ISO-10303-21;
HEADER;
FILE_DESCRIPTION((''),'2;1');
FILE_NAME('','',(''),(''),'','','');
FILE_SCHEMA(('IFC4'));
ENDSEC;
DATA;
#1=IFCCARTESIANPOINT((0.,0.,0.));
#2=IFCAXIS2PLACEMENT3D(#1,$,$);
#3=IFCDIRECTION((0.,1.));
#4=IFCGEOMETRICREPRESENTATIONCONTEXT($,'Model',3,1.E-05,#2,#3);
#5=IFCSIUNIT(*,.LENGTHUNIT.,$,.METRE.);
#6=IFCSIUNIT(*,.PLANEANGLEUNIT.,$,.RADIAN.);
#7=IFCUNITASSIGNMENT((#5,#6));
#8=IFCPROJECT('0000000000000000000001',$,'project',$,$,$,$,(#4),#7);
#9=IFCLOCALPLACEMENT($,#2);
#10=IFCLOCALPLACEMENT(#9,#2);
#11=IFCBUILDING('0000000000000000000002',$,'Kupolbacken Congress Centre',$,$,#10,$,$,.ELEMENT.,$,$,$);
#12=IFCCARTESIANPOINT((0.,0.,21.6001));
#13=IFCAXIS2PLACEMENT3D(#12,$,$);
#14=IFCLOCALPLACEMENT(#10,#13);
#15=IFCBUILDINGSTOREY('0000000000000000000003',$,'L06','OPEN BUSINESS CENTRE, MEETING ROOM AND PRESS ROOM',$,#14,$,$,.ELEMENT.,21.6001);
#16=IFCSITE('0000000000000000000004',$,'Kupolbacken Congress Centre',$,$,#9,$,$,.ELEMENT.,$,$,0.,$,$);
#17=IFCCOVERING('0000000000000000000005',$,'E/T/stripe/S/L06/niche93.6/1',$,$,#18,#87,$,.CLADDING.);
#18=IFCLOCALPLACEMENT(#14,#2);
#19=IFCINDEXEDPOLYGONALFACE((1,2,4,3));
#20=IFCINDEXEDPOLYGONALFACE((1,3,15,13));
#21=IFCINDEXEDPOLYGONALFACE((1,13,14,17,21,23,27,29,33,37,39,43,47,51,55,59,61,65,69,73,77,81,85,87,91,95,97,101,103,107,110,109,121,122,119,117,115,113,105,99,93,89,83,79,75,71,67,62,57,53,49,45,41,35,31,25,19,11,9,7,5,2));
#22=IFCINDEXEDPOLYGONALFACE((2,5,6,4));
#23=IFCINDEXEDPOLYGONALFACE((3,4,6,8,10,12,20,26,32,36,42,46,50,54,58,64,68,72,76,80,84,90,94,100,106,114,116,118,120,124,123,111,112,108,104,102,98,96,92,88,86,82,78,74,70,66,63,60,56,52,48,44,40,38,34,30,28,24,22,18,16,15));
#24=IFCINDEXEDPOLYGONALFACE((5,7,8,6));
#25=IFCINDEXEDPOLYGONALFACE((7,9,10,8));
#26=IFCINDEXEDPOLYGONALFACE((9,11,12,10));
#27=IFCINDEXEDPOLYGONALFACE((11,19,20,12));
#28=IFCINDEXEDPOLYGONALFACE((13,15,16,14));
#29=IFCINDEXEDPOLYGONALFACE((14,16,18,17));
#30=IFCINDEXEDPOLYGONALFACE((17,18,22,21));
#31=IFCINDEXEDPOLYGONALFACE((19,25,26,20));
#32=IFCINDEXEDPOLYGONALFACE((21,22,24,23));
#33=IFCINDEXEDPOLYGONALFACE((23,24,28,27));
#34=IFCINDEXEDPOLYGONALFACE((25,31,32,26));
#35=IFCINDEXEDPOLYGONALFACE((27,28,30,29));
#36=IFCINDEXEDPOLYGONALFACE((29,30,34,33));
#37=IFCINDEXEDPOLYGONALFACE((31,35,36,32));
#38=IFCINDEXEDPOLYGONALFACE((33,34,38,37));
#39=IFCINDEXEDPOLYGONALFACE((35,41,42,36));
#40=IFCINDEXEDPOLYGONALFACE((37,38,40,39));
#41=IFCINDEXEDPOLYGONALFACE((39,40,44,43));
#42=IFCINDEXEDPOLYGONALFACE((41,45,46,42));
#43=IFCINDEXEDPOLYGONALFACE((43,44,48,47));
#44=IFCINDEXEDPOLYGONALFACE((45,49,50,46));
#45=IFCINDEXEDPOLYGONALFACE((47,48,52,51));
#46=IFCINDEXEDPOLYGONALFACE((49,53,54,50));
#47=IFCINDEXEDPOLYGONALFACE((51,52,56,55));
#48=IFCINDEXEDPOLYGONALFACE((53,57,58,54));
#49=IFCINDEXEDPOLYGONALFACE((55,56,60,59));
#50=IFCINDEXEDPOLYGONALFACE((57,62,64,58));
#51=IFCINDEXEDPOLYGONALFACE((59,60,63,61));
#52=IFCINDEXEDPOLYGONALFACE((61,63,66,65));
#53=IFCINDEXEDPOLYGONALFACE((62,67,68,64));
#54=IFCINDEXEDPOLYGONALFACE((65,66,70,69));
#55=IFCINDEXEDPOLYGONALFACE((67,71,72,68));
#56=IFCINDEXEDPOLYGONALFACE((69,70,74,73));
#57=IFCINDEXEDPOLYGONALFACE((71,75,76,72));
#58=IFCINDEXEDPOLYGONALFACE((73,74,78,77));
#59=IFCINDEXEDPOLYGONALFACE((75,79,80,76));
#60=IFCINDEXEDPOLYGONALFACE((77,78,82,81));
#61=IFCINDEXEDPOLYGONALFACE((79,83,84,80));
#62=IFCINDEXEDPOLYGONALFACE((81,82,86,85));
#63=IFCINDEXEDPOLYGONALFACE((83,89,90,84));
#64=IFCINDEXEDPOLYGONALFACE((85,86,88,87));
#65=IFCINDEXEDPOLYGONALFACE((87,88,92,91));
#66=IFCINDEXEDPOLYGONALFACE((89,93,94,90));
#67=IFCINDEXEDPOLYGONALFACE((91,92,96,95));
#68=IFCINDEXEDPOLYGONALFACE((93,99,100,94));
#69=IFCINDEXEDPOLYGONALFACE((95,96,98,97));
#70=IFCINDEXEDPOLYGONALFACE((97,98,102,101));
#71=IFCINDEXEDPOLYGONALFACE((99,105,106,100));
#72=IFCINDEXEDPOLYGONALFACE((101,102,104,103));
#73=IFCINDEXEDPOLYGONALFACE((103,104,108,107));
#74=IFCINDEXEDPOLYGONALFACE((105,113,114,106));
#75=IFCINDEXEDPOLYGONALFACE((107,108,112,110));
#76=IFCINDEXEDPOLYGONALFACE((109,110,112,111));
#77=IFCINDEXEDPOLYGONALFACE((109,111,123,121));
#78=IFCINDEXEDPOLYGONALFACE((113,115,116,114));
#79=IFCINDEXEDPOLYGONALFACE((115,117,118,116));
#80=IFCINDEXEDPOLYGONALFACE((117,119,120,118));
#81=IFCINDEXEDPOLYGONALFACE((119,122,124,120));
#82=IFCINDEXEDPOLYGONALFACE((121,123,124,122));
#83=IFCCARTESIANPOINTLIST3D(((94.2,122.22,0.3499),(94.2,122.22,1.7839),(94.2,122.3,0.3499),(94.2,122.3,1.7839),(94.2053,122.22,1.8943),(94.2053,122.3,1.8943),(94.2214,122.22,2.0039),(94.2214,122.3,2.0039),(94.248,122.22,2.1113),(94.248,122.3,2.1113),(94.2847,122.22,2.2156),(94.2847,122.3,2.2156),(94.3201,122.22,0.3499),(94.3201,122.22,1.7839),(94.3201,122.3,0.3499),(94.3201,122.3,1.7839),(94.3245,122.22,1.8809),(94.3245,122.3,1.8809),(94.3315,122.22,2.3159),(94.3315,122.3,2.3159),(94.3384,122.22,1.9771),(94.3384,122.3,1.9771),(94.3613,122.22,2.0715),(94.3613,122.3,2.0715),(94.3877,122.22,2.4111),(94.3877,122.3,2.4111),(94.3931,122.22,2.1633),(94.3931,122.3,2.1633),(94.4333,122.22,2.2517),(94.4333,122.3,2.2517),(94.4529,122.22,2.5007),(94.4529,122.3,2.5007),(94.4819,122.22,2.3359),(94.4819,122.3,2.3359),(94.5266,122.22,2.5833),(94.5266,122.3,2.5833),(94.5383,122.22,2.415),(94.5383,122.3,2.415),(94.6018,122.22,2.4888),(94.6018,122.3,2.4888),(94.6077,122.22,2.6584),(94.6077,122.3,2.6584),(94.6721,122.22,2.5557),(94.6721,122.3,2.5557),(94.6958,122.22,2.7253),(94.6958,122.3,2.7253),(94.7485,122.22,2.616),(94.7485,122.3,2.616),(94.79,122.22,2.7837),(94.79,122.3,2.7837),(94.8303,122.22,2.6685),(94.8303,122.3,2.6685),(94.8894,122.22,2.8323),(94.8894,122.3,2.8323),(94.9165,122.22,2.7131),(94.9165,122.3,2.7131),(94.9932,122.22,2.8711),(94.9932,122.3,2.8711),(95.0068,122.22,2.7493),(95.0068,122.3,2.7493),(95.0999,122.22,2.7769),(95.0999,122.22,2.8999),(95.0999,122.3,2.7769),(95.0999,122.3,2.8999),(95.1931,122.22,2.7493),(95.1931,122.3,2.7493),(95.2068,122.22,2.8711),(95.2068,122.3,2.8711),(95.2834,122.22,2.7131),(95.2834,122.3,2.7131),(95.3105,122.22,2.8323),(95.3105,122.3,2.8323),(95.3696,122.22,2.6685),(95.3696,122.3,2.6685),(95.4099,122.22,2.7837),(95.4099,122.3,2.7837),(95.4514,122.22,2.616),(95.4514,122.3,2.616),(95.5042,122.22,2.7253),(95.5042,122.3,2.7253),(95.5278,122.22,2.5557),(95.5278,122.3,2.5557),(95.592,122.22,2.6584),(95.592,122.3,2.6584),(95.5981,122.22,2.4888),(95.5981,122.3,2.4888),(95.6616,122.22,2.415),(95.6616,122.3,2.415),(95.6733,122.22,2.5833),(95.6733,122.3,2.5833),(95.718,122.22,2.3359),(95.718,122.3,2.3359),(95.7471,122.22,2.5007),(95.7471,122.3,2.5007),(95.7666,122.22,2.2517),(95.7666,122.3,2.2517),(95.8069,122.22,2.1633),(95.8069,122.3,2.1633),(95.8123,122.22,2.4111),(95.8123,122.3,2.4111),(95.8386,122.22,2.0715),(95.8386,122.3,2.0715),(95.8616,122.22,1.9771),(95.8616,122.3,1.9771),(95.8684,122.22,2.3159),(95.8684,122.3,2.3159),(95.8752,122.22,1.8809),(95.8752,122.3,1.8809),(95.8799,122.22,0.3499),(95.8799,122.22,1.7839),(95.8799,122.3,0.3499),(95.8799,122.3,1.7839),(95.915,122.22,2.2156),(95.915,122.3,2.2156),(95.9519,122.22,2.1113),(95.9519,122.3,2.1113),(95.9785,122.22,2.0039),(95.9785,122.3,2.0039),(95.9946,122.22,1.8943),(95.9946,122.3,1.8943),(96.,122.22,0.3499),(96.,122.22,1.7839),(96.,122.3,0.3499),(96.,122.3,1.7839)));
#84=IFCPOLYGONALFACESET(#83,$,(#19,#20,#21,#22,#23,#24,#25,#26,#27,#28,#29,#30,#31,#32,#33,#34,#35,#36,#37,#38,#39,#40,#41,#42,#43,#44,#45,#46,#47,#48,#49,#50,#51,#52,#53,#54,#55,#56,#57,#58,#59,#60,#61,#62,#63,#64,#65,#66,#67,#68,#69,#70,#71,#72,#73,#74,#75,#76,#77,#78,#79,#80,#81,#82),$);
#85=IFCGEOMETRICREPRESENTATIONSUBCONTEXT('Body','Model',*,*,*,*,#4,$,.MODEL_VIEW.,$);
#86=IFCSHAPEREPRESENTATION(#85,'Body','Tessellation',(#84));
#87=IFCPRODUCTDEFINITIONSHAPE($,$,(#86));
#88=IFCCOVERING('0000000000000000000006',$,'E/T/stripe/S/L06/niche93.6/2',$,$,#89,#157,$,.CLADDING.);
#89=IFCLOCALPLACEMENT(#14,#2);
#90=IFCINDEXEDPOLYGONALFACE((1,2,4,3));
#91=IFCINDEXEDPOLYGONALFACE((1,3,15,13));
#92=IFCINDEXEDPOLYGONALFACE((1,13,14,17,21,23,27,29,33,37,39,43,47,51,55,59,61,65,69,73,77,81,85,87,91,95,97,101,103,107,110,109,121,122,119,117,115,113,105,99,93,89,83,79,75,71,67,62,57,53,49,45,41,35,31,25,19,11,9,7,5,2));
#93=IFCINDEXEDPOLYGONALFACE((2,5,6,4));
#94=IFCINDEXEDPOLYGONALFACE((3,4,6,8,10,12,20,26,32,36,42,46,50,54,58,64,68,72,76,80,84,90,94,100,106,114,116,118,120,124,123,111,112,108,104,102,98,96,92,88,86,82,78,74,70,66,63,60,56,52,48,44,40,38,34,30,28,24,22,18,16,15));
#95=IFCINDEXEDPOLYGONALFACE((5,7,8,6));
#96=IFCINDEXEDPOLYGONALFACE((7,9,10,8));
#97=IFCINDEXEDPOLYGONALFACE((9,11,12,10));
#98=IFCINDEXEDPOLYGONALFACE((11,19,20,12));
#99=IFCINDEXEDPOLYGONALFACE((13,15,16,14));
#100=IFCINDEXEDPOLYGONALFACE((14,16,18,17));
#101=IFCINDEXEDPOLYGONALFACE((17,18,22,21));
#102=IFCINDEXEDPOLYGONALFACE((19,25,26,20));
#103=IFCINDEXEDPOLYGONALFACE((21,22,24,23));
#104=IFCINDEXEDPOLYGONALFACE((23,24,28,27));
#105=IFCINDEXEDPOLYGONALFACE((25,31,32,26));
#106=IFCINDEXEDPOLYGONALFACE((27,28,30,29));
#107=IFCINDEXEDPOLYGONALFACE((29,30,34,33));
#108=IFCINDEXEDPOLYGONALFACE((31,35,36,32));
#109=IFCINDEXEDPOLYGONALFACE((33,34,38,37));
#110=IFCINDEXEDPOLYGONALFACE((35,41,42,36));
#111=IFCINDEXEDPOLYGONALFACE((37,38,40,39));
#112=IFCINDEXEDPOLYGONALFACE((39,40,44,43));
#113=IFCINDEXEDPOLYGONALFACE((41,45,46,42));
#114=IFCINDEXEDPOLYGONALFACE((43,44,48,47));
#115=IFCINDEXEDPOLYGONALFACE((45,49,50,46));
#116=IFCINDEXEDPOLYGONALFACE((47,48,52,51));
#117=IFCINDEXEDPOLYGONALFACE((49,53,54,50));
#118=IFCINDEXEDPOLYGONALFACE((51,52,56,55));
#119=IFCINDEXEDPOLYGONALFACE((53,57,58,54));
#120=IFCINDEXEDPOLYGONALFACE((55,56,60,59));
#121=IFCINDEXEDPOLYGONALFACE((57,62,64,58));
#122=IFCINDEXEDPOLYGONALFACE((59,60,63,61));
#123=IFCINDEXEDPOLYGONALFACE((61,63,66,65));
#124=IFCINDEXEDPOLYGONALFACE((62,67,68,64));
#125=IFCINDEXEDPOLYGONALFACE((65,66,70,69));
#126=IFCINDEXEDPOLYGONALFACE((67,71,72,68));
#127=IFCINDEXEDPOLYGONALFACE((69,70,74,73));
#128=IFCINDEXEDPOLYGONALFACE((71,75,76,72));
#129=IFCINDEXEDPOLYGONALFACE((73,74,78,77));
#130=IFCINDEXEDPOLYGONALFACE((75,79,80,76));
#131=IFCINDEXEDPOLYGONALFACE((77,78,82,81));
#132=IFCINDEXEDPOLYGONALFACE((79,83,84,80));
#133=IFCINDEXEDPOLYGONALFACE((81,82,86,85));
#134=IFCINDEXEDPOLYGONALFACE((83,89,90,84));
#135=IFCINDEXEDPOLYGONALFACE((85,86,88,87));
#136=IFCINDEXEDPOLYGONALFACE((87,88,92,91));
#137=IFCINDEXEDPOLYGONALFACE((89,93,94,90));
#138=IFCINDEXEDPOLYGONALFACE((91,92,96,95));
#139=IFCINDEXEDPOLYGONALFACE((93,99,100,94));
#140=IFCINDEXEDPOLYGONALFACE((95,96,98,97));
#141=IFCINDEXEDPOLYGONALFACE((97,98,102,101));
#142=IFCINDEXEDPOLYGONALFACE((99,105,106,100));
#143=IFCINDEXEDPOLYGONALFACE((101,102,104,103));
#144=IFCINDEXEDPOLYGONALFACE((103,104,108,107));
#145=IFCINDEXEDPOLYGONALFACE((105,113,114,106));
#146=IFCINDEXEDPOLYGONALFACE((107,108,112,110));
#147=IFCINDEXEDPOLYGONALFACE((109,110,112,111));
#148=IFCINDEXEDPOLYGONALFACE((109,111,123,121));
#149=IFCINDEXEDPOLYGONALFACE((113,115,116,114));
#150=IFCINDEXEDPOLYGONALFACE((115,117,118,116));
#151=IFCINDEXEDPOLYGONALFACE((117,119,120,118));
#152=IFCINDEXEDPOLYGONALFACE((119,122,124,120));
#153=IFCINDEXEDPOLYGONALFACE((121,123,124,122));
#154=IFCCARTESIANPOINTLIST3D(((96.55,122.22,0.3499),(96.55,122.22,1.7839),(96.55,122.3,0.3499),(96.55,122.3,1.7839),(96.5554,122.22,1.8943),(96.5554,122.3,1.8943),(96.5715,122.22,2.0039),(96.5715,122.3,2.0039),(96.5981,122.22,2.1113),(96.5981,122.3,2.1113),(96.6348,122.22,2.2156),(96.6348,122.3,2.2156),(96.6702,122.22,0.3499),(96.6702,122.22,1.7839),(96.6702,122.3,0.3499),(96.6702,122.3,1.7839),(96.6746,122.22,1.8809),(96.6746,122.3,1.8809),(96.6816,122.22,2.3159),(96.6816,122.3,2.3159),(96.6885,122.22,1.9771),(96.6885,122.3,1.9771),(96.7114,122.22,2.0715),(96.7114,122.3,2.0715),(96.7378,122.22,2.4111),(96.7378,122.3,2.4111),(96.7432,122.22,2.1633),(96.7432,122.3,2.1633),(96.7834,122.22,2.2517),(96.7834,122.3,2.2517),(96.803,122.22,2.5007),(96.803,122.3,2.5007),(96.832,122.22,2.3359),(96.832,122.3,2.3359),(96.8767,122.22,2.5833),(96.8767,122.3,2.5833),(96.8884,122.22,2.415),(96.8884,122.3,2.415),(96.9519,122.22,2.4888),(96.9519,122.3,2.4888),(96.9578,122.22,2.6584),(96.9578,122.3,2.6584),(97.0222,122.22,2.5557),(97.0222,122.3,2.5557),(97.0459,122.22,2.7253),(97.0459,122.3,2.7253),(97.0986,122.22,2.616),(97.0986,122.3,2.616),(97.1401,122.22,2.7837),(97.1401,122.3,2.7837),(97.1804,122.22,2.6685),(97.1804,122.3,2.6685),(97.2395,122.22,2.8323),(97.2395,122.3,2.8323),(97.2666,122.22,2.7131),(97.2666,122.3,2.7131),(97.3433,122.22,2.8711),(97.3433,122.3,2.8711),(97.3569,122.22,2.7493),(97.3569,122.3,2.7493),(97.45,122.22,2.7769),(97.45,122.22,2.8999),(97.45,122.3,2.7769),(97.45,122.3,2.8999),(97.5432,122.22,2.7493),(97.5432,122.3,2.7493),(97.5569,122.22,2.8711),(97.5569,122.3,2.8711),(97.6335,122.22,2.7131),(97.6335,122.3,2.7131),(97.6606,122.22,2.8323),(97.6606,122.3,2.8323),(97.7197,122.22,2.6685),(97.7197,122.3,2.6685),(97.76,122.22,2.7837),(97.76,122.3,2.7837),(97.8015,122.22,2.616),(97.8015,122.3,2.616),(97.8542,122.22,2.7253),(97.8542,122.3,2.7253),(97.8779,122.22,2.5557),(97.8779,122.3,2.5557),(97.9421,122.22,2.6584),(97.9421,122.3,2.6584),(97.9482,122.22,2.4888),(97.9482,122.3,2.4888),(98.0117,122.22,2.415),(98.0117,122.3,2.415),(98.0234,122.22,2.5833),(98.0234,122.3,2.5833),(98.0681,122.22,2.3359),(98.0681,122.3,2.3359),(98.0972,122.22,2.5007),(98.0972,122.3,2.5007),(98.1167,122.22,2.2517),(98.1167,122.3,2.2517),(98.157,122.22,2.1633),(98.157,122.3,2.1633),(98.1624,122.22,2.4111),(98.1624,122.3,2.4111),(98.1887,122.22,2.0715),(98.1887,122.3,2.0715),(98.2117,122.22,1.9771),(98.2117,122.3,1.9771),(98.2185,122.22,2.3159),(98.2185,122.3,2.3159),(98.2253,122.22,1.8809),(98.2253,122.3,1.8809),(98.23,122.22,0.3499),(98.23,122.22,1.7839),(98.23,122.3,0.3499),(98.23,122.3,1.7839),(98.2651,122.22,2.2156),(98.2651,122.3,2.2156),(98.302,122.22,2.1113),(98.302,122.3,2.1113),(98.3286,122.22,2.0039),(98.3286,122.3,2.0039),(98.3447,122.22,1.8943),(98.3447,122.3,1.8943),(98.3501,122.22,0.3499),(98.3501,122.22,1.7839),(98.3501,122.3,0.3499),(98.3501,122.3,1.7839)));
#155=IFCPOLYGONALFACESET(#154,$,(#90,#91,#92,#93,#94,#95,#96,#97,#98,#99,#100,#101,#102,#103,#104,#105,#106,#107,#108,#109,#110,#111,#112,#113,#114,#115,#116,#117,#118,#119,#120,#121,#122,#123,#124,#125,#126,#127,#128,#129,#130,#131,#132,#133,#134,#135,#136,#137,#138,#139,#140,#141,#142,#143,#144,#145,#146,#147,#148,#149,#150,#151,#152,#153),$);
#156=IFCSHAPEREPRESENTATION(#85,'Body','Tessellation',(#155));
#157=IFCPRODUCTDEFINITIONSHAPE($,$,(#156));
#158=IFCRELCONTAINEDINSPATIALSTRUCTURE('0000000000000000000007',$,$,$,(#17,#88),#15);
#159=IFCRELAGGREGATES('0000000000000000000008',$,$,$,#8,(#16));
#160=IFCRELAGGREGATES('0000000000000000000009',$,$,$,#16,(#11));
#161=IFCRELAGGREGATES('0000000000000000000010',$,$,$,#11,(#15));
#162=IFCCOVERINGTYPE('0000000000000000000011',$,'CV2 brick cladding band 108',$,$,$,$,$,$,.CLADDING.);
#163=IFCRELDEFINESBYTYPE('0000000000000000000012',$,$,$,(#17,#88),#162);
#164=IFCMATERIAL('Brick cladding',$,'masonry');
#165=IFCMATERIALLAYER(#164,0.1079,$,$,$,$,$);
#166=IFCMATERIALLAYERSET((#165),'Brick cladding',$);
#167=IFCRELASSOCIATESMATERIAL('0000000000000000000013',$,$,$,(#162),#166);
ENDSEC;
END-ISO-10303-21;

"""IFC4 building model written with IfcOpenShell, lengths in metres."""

from ifc_helpers import new_model, si_unit, direction, frame, origin, place, context, subcontext, project, spatial, polyline, outline, extrude, material, layer, layer_set, type_object, element, save


model = new_model("IFC4")

# Units and contexts
model_context = context("Model", 3, precision=1e-05, world=origin(), true_north=direction((0.0, 1.0)))
body_context = subcontext(model_context, "Body", "Model", "MODEL_VIEW")
ifc_project = project(units=[si_unit("LENGTHUNIT", "METRE"), si_unit("PLANEANGLEUNIT", "RADIAN")], contexts=[model_context])

# Site, building, storey
site_placement = place(None, origin())
site = spatial("IfcSite", under=ifc_project, at=site_placement, Name="Kupolbacken Congress Centre", CompositionType="ELEMENT", RefElevation=0.0)
building_placement = place(site_placement, origin())
building = spatial("IfcBuilding", under=site, at=building_placement, Name="Kupolbacken Congress Centre", CompositionType="ELEMENT")
storey_placement = place(building_placement, frame((0.0, 0.0, 21.6001)))
storey = spatial("IfcBuildingStorey", under=building, at=storey_placement, Name="L06", Description="OPEN BUSINESS CENTRE, MEETING ROOM AND PRESS ROOM", CompositionType="ELEMENT", Elevation=21.6001)

# Coverings
ifc_material_1 = material(Name="Brick cladding", Category="masonry")
ifc_layer_1 = layer(ifc_material_1, 0.1079)
ifc_layer_set_1 = layer_set([ifc_layer_1], Name="Brick cladding")
covering_type_1 = type_object("IfcCoveringType", Name="CV2 brick cladding band 108", PredefinedType="CLADDING", material=ifc_layer_set_1)
covering_1_placement = place(storey_placement, frame((94.2, 122.3, 0.3499), z_axis=(0.0, -1.0, 0.0), x_axis=(1.0, 0.0, 0.0)))
element("IfcCovering", 1, at=covering_1_placement, inside=storey, type_object=covering_type_1, Name="E/T/stripe/S/L06/niche93.6/1", PredefinedType="CLADDING", context=body_context, shape_type="SweptSolid", body=[
    extrude(outline(polyline([(0.0, 0.0), (0.0, 1.4341), (0.0054, 1.5444), (0.0215, 1.6541), (0.0481, 1.7615), (0.0847, 1.8657), (0.1316, 1.9661), (0.1877, 2.0613), (0.2529, 2.1509), (0.3267, 2.2334), (0.4077, 2.3086), (0.4958, 2.3755), (0.5901, 2.4338), (0.6895, 2.4824), (0.7932, 2.5212), (0.8999, 2.55), (1.0068, 2.5212), (1.1106, 2.4824), (1.21, 2.4338), (1.3042, 2.3755), (1.3921, 2.3086), (1.4734, 2.2334), (1.5471, 2.1509), (1.6123, 2.0613), (1.6685, 1.9661), (1.7151, 1.8657), (1.752, 1.7615), (1.7786, 1.6541), (1.7947, 1.5444), (1.8, 1.4341), (1.8, 0.0), (1.6799, 0.0), (1.6799, 1.4341), (1.6753, 1.531), (1.6616, 1.6272), (1.6387, 1.7217), (1.6069, 1.8135), (1.5667, 1.9019), (1.5181, 1.9861), (1.4617, 2.0652), (1.3982, 2.1389), (1.3279, 2.2058), (1.2515, 2.2661), (1.1697, 2.3186), (1.0835, 2.3633), (0.9932, 2.3994), (0.8999, 2.427), (0.8069, 2.3994), (0.7166, 2.3633), (0.6304, 2.3186), (0.5486, 2.2661), (0.4722, 2.2058), (0.4019, 2.1389), (0.3384, 2.0652), (0.282, 1.9861), (0.2334, 1.9019), (0.1931, 1.8135), (0.1614, 1.7217), (0.1384, 1.6272), (0.1245, 1.531), (0.1201, 1.4341), (0.1201, 0.0), (0.0, 0.0)])), origin(), (0.0, 0.0, 1.0), 0.0801),
])
covering_2_placement = place(storey_placement, frame((96.55, 122.3, 0.3499), z_axis=(0.0, -1.0, 0.0), x_axis=(1.0, 0.0, 0.0)))
element("IfcCovering", 2, at=covering_2_placement, inside=storey, type_object=covering_type_1, Name="E/T/stripe/S/L06/niche93.6/2", PredefinedType="CLADDING", context=body_context, shape_type="SweptSolid", body=[
    extrude(outline(polyline([(0.0, 0.0), (0.0, 1.4341), (0.0054, 1.5444), (0.0215, 1.6541), (0.0481, 1.7615), (0.0847, 1.8657), (0.1316, 1.9661), (0.1877, 2.0613), (0.2529, 2.1509), (0.3267, 2.2334), (0.4077, 2.3086), (0.4958, 2.3755), (0.5901, 2.4338), (0.6895, 2.4824), (0.7932, 2.5212), (0.8999, 2.55), (1.0068, 2.5212), (1.1106, 2.4824), (1.21, 2.4338), (1.3042, 2.3755), (1.3921, 2.3086), (1.4734, 2.2334), (1.5471, 2.1509), (1.6123, 2.0613), (1.6685, 1.9661), (1.7151, 1.8657), (1.752, 1.7615), (1.7786, 1.6541), (1.7947, 1.5444), (1.8, 1.4341), (1.8, 0.0), (1.6799, 0.0), (1.6799, 1.4341), (1.6753, 1.531), (1.6616, 1.6272), (1.6387, 1.7217), (1.6069, 1.8135), (1.5667, 1.9019), (1.5181, 1.9861), (1.4617, 2.0652), (1.3982, 2.1389), (1.3279, 2.2058), (1.2515, 2.2661), (1.1697, 2.3186), (1.0835, 2.3633), (0.9932, 2.3994), (0.8999, 2.427), (0.8069, 2.3994), (0.7166, 2.3633), (0.6304, 2.3186), (0.5486, 2.2661), (0.4722, 2.2058), (0.4019, 2.1389), (0.3384, 2.0652), (0.282, 1.9861), (0.2334, 1.9019), (0.1931, 1.8135), (0.1614, 1.7217), (0.1384, 1.6272), (0.1245, 1.531), (0.1201, 1.4341), (0.1201, 0.0), (0.0, 0.0)])), origin(), (0.0, 0.0, 1.0), 0.0801),
])

save(model, "model.ifc")
